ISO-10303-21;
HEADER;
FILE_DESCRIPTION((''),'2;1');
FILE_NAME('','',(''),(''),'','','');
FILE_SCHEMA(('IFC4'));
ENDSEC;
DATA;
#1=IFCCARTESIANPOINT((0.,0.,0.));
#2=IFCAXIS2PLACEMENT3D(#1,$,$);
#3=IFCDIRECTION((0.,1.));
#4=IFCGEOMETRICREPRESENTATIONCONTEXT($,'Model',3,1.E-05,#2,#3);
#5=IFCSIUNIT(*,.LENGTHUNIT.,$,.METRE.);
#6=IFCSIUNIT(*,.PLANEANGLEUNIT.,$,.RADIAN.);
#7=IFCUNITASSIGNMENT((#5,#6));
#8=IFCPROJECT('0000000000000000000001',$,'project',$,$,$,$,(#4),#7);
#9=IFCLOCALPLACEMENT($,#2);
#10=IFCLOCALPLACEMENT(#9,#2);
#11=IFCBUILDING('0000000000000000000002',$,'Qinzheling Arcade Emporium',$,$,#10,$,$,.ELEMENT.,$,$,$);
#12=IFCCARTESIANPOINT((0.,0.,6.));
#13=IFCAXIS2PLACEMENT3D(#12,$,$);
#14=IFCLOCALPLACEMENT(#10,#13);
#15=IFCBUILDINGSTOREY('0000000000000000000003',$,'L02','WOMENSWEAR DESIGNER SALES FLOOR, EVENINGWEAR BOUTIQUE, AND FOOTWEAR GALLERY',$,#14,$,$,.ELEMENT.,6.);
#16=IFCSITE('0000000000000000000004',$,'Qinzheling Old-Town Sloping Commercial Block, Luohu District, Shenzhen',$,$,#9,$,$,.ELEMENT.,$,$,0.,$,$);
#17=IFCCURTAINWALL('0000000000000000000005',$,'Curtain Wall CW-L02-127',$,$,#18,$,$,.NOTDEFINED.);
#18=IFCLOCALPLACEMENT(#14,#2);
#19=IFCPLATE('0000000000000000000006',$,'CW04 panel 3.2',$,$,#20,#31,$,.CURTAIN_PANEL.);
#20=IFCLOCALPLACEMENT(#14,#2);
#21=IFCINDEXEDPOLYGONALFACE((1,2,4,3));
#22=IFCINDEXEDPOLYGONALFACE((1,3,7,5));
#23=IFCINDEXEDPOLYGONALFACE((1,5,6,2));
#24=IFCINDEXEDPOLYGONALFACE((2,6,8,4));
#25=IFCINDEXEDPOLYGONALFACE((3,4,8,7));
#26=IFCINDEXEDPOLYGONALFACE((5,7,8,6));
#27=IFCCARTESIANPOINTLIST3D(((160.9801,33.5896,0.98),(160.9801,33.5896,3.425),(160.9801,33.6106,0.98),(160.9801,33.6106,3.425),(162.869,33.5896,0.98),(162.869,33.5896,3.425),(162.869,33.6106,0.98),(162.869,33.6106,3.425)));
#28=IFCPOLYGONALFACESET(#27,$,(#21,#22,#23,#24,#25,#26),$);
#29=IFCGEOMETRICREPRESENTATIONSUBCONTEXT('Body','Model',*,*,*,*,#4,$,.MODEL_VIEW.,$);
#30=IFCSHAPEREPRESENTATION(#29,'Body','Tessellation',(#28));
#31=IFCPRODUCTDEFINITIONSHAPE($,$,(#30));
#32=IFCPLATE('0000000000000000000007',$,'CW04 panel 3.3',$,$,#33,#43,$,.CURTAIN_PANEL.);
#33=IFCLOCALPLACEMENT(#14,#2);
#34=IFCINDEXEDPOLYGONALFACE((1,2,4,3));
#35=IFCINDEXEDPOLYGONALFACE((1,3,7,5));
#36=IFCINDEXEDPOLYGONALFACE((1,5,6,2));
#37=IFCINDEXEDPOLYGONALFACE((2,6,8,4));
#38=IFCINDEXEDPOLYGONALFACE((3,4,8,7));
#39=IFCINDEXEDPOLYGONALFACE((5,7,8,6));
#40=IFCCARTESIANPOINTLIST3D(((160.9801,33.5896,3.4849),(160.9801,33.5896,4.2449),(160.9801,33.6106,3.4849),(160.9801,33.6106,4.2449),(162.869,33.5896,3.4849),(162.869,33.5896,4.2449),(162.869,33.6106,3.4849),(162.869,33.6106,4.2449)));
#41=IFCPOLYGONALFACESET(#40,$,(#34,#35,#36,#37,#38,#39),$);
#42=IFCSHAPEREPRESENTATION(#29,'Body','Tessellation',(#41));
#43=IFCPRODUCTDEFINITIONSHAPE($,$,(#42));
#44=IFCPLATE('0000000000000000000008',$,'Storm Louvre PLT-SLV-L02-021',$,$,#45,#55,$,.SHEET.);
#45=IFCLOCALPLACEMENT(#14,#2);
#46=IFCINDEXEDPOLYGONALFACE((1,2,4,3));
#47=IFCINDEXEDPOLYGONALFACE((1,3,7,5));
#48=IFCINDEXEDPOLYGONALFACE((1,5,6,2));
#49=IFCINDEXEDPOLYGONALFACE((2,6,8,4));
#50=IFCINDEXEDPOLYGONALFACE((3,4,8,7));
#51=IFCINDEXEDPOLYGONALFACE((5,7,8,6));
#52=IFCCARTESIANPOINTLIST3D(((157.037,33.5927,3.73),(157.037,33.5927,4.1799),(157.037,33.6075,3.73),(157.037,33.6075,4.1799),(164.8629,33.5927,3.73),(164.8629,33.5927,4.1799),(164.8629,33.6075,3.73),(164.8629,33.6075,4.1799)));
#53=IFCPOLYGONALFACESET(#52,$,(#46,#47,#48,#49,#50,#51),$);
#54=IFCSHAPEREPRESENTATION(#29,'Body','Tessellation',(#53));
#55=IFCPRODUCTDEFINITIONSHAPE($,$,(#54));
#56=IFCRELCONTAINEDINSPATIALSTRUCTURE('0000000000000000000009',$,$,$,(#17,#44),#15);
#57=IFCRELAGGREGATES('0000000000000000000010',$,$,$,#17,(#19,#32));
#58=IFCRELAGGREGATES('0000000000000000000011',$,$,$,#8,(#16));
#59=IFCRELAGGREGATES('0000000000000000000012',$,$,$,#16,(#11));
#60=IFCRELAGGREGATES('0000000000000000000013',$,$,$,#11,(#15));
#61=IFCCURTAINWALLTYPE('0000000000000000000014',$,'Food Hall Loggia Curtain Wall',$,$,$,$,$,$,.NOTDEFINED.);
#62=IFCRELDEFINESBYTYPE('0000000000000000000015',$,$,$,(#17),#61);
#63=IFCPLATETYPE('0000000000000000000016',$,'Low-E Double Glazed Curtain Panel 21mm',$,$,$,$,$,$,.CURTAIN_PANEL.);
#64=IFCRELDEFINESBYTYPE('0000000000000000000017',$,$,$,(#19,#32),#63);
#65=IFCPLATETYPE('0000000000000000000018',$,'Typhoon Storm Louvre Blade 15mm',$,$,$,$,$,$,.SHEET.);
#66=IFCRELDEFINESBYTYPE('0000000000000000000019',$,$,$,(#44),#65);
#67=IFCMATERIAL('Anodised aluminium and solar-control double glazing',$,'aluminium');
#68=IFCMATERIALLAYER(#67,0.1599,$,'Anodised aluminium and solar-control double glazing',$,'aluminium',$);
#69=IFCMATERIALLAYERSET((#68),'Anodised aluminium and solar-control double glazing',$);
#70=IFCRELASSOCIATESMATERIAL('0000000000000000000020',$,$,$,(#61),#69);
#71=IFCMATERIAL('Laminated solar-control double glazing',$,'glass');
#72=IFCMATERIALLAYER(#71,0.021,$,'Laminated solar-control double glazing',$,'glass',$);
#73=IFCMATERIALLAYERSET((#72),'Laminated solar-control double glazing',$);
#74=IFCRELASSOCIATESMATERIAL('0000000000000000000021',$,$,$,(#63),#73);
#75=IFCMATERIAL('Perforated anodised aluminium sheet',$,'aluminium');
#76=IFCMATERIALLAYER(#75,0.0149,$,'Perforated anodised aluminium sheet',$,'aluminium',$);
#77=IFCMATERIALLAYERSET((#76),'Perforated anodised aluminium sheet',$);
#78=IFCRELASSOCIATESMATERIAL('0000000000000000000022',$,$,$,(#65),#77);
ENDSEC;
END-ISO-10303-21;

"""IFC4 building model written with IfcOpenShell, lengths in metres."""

from ifc_helpers import new_model, si_unit, direction, frame, origin, origin_2d, place, context, subcontext, project, spatial, rectangle, extrude, material, layer, layer_set, type_object, element, aggregate, save


model = new_model("IFC4")

# Units and contexts
model_context = context("Model", 3, precision=1e-05, world=origin(), true_north=direction((0.0, 1.0)))
body_context = subcontext(model_context, "Body", "Model", "MODEL_VIEW")
ifc_project = project(units=[si_unit("LENGTHUNIT", "METRE"), si_unit("PLANEANGLEUNIT", "RADIAN")], contexts=[model_context])

# Site, building, storey
site_placement = place(None, origin())
site = spatial("IfcSite", under=ifc_project, at=site_placement, Name="Qinzheling Old-Town Sloping Commercial Block, Luohu District, Shenzhen", CompositionType="ELEMENT", RefElevation=0.0)
building_placement = place(site_placement, origin())
building = spatial("IfcBuilding", under=site, at=building_placement, Name="Qinzheling Arcade Emporium", CompositionType="ELEMENT")
storey_placement = place(building_placement, frame((0.0, 0.0, 6.0)))
storey = spatial("IfcBuildingStorey", under=building, at=storey_placement, Name="L02", Description="WOMENSWEAR DESIGNER SALES FLOOR, EVENINGWEAR BOUTIQUE, AND FOOTWEAR GALLERY", CompositionType="ELEMENT", Elevation=6.0)

# Curtain wall, plates
ifc_material_1 = material(Name="Anodised aluminium and solar-control double glazing", Category="aluminium")
ifc_layer_1 = layer(ifc_material_1, 0.1599, Name="Anodised aluminium and solar-control double glazing", Category="aluminium")
ifc_layer_set_1 = layer_set([ifc_layer_1], Name="Anodised aluminium and solar-control double glazing")
curtain_wall_type = type_object("IfcCurtainWallType", Name="Food Hall Loggia Curtain Wall", PredefinedType="NOTDEFINED", material=ifc_layer_set_1)
curtain_wall_placement = place(storey_placement, origin())
curtain_wall = element("IfcCurtainWall", 1, at=curtain_wall_placement, inside=storey, type_object=curtain_wall_type, Name="Curtain Wall CW-L02-127", PredefinedType="NOTDEFINED")
ifc_material_2 = material(Name="Laminated solar-control double glazing", Category="glass")
ifc_layer_2 = layer(ifc_material_2, 0.021, Name="Laminated solar-control double glazing", Category="glass")
ifc_layer_set_2 = layer_set([ifc_layer_2], Name="Laminated solar-control double glazing")
plate_type_1 = type_object("IfcPlateType", Name="Low-E Double Glazed Curtain Panel 21mm", PredefinedType="CURTAIN_PANEL", material=ifc_layer_set_2)
plate_1_placement = place(storey_placement, frame((161.9246, 33.6001, 0.98), z_axis=(0.0, 0.0, 1.0), x_axis=(1.0, 0.0, 0.0)))
plate_1 = element("IfcPlate", 2, at=plate_1_placement, type_object=plate_type_1, Name="CW04 panel 3.2", PredefinedType="CURTAIN_PANEL", context=body_context, shape_type="SweptSolid", body=[
    extrude(rectangle(XDim=1.8889, YDim=0.021, at=origin_2d()), origin(), (0.0, 0.0, 1.0), 2.4451),
])
plate_2_placement = place(storey_placement, frame((161.9246, 33.6001, 3.4849), z_axis=(0.0, 0.0, 1.0), x_axis=(1.0, 0.0, 0.0)))
plate_2 = element("IfcPlate", 3, at=plate_2_placement, type_object=plate_type_1, Name="CW04 panel 3.3", PredefinedType="CURTAIN_PANEL", context=body_context, shape_type="SweptSolid", body=[
    extrude(rectangle(XDim=1.8889, YDim=0.021, at=origin_2d()), origin(), (0.0, 0.0, 1.0), 0.76),
])
aggregate(curtain_wall, [plate_1, plate_2])

# Plate
ifc_material_3 = material(Name="Perforated anodised aluminium sheet", Category="aluminium")
ifc_layer_3 = layer(ifc_material_3, 0.0149, Name="Perforated anodised aluminium sheet", Category="aluminium")
ifc_layer_set_3 = layer_set([ifc_layer_3], Name="Perforated anodised aluminium sheet")
plate_type_2 = type_object("IfcPlateType", Name="Typhoon Storm Louvre Blade 15mm", PredefinedType="SHEET", material=ifc_layer_set_3)
plate_3_placement = place(storey_placement, frame((160.95, 33.6001, 3.73), z_axis=(0.0, 0.0, 1.0), x_axis=(1.0, 0.0, 0.0)))
element("IfcPlate", 4, at=plate_3_placement, inside=storey, type_object=plate_type_2, Name="Storm Louvre PLT-SLV-L02-021", PredefinedType="SHEET", context=body_context, shape_type="SweptSolid", body=[
    extrude(rectangle(XDim=7.8259, YDim=0.0149, at=origin_2d()), origin(), (0.0, 0.0, 1.0), 0.45),
])

save(model, "model.ifc")
